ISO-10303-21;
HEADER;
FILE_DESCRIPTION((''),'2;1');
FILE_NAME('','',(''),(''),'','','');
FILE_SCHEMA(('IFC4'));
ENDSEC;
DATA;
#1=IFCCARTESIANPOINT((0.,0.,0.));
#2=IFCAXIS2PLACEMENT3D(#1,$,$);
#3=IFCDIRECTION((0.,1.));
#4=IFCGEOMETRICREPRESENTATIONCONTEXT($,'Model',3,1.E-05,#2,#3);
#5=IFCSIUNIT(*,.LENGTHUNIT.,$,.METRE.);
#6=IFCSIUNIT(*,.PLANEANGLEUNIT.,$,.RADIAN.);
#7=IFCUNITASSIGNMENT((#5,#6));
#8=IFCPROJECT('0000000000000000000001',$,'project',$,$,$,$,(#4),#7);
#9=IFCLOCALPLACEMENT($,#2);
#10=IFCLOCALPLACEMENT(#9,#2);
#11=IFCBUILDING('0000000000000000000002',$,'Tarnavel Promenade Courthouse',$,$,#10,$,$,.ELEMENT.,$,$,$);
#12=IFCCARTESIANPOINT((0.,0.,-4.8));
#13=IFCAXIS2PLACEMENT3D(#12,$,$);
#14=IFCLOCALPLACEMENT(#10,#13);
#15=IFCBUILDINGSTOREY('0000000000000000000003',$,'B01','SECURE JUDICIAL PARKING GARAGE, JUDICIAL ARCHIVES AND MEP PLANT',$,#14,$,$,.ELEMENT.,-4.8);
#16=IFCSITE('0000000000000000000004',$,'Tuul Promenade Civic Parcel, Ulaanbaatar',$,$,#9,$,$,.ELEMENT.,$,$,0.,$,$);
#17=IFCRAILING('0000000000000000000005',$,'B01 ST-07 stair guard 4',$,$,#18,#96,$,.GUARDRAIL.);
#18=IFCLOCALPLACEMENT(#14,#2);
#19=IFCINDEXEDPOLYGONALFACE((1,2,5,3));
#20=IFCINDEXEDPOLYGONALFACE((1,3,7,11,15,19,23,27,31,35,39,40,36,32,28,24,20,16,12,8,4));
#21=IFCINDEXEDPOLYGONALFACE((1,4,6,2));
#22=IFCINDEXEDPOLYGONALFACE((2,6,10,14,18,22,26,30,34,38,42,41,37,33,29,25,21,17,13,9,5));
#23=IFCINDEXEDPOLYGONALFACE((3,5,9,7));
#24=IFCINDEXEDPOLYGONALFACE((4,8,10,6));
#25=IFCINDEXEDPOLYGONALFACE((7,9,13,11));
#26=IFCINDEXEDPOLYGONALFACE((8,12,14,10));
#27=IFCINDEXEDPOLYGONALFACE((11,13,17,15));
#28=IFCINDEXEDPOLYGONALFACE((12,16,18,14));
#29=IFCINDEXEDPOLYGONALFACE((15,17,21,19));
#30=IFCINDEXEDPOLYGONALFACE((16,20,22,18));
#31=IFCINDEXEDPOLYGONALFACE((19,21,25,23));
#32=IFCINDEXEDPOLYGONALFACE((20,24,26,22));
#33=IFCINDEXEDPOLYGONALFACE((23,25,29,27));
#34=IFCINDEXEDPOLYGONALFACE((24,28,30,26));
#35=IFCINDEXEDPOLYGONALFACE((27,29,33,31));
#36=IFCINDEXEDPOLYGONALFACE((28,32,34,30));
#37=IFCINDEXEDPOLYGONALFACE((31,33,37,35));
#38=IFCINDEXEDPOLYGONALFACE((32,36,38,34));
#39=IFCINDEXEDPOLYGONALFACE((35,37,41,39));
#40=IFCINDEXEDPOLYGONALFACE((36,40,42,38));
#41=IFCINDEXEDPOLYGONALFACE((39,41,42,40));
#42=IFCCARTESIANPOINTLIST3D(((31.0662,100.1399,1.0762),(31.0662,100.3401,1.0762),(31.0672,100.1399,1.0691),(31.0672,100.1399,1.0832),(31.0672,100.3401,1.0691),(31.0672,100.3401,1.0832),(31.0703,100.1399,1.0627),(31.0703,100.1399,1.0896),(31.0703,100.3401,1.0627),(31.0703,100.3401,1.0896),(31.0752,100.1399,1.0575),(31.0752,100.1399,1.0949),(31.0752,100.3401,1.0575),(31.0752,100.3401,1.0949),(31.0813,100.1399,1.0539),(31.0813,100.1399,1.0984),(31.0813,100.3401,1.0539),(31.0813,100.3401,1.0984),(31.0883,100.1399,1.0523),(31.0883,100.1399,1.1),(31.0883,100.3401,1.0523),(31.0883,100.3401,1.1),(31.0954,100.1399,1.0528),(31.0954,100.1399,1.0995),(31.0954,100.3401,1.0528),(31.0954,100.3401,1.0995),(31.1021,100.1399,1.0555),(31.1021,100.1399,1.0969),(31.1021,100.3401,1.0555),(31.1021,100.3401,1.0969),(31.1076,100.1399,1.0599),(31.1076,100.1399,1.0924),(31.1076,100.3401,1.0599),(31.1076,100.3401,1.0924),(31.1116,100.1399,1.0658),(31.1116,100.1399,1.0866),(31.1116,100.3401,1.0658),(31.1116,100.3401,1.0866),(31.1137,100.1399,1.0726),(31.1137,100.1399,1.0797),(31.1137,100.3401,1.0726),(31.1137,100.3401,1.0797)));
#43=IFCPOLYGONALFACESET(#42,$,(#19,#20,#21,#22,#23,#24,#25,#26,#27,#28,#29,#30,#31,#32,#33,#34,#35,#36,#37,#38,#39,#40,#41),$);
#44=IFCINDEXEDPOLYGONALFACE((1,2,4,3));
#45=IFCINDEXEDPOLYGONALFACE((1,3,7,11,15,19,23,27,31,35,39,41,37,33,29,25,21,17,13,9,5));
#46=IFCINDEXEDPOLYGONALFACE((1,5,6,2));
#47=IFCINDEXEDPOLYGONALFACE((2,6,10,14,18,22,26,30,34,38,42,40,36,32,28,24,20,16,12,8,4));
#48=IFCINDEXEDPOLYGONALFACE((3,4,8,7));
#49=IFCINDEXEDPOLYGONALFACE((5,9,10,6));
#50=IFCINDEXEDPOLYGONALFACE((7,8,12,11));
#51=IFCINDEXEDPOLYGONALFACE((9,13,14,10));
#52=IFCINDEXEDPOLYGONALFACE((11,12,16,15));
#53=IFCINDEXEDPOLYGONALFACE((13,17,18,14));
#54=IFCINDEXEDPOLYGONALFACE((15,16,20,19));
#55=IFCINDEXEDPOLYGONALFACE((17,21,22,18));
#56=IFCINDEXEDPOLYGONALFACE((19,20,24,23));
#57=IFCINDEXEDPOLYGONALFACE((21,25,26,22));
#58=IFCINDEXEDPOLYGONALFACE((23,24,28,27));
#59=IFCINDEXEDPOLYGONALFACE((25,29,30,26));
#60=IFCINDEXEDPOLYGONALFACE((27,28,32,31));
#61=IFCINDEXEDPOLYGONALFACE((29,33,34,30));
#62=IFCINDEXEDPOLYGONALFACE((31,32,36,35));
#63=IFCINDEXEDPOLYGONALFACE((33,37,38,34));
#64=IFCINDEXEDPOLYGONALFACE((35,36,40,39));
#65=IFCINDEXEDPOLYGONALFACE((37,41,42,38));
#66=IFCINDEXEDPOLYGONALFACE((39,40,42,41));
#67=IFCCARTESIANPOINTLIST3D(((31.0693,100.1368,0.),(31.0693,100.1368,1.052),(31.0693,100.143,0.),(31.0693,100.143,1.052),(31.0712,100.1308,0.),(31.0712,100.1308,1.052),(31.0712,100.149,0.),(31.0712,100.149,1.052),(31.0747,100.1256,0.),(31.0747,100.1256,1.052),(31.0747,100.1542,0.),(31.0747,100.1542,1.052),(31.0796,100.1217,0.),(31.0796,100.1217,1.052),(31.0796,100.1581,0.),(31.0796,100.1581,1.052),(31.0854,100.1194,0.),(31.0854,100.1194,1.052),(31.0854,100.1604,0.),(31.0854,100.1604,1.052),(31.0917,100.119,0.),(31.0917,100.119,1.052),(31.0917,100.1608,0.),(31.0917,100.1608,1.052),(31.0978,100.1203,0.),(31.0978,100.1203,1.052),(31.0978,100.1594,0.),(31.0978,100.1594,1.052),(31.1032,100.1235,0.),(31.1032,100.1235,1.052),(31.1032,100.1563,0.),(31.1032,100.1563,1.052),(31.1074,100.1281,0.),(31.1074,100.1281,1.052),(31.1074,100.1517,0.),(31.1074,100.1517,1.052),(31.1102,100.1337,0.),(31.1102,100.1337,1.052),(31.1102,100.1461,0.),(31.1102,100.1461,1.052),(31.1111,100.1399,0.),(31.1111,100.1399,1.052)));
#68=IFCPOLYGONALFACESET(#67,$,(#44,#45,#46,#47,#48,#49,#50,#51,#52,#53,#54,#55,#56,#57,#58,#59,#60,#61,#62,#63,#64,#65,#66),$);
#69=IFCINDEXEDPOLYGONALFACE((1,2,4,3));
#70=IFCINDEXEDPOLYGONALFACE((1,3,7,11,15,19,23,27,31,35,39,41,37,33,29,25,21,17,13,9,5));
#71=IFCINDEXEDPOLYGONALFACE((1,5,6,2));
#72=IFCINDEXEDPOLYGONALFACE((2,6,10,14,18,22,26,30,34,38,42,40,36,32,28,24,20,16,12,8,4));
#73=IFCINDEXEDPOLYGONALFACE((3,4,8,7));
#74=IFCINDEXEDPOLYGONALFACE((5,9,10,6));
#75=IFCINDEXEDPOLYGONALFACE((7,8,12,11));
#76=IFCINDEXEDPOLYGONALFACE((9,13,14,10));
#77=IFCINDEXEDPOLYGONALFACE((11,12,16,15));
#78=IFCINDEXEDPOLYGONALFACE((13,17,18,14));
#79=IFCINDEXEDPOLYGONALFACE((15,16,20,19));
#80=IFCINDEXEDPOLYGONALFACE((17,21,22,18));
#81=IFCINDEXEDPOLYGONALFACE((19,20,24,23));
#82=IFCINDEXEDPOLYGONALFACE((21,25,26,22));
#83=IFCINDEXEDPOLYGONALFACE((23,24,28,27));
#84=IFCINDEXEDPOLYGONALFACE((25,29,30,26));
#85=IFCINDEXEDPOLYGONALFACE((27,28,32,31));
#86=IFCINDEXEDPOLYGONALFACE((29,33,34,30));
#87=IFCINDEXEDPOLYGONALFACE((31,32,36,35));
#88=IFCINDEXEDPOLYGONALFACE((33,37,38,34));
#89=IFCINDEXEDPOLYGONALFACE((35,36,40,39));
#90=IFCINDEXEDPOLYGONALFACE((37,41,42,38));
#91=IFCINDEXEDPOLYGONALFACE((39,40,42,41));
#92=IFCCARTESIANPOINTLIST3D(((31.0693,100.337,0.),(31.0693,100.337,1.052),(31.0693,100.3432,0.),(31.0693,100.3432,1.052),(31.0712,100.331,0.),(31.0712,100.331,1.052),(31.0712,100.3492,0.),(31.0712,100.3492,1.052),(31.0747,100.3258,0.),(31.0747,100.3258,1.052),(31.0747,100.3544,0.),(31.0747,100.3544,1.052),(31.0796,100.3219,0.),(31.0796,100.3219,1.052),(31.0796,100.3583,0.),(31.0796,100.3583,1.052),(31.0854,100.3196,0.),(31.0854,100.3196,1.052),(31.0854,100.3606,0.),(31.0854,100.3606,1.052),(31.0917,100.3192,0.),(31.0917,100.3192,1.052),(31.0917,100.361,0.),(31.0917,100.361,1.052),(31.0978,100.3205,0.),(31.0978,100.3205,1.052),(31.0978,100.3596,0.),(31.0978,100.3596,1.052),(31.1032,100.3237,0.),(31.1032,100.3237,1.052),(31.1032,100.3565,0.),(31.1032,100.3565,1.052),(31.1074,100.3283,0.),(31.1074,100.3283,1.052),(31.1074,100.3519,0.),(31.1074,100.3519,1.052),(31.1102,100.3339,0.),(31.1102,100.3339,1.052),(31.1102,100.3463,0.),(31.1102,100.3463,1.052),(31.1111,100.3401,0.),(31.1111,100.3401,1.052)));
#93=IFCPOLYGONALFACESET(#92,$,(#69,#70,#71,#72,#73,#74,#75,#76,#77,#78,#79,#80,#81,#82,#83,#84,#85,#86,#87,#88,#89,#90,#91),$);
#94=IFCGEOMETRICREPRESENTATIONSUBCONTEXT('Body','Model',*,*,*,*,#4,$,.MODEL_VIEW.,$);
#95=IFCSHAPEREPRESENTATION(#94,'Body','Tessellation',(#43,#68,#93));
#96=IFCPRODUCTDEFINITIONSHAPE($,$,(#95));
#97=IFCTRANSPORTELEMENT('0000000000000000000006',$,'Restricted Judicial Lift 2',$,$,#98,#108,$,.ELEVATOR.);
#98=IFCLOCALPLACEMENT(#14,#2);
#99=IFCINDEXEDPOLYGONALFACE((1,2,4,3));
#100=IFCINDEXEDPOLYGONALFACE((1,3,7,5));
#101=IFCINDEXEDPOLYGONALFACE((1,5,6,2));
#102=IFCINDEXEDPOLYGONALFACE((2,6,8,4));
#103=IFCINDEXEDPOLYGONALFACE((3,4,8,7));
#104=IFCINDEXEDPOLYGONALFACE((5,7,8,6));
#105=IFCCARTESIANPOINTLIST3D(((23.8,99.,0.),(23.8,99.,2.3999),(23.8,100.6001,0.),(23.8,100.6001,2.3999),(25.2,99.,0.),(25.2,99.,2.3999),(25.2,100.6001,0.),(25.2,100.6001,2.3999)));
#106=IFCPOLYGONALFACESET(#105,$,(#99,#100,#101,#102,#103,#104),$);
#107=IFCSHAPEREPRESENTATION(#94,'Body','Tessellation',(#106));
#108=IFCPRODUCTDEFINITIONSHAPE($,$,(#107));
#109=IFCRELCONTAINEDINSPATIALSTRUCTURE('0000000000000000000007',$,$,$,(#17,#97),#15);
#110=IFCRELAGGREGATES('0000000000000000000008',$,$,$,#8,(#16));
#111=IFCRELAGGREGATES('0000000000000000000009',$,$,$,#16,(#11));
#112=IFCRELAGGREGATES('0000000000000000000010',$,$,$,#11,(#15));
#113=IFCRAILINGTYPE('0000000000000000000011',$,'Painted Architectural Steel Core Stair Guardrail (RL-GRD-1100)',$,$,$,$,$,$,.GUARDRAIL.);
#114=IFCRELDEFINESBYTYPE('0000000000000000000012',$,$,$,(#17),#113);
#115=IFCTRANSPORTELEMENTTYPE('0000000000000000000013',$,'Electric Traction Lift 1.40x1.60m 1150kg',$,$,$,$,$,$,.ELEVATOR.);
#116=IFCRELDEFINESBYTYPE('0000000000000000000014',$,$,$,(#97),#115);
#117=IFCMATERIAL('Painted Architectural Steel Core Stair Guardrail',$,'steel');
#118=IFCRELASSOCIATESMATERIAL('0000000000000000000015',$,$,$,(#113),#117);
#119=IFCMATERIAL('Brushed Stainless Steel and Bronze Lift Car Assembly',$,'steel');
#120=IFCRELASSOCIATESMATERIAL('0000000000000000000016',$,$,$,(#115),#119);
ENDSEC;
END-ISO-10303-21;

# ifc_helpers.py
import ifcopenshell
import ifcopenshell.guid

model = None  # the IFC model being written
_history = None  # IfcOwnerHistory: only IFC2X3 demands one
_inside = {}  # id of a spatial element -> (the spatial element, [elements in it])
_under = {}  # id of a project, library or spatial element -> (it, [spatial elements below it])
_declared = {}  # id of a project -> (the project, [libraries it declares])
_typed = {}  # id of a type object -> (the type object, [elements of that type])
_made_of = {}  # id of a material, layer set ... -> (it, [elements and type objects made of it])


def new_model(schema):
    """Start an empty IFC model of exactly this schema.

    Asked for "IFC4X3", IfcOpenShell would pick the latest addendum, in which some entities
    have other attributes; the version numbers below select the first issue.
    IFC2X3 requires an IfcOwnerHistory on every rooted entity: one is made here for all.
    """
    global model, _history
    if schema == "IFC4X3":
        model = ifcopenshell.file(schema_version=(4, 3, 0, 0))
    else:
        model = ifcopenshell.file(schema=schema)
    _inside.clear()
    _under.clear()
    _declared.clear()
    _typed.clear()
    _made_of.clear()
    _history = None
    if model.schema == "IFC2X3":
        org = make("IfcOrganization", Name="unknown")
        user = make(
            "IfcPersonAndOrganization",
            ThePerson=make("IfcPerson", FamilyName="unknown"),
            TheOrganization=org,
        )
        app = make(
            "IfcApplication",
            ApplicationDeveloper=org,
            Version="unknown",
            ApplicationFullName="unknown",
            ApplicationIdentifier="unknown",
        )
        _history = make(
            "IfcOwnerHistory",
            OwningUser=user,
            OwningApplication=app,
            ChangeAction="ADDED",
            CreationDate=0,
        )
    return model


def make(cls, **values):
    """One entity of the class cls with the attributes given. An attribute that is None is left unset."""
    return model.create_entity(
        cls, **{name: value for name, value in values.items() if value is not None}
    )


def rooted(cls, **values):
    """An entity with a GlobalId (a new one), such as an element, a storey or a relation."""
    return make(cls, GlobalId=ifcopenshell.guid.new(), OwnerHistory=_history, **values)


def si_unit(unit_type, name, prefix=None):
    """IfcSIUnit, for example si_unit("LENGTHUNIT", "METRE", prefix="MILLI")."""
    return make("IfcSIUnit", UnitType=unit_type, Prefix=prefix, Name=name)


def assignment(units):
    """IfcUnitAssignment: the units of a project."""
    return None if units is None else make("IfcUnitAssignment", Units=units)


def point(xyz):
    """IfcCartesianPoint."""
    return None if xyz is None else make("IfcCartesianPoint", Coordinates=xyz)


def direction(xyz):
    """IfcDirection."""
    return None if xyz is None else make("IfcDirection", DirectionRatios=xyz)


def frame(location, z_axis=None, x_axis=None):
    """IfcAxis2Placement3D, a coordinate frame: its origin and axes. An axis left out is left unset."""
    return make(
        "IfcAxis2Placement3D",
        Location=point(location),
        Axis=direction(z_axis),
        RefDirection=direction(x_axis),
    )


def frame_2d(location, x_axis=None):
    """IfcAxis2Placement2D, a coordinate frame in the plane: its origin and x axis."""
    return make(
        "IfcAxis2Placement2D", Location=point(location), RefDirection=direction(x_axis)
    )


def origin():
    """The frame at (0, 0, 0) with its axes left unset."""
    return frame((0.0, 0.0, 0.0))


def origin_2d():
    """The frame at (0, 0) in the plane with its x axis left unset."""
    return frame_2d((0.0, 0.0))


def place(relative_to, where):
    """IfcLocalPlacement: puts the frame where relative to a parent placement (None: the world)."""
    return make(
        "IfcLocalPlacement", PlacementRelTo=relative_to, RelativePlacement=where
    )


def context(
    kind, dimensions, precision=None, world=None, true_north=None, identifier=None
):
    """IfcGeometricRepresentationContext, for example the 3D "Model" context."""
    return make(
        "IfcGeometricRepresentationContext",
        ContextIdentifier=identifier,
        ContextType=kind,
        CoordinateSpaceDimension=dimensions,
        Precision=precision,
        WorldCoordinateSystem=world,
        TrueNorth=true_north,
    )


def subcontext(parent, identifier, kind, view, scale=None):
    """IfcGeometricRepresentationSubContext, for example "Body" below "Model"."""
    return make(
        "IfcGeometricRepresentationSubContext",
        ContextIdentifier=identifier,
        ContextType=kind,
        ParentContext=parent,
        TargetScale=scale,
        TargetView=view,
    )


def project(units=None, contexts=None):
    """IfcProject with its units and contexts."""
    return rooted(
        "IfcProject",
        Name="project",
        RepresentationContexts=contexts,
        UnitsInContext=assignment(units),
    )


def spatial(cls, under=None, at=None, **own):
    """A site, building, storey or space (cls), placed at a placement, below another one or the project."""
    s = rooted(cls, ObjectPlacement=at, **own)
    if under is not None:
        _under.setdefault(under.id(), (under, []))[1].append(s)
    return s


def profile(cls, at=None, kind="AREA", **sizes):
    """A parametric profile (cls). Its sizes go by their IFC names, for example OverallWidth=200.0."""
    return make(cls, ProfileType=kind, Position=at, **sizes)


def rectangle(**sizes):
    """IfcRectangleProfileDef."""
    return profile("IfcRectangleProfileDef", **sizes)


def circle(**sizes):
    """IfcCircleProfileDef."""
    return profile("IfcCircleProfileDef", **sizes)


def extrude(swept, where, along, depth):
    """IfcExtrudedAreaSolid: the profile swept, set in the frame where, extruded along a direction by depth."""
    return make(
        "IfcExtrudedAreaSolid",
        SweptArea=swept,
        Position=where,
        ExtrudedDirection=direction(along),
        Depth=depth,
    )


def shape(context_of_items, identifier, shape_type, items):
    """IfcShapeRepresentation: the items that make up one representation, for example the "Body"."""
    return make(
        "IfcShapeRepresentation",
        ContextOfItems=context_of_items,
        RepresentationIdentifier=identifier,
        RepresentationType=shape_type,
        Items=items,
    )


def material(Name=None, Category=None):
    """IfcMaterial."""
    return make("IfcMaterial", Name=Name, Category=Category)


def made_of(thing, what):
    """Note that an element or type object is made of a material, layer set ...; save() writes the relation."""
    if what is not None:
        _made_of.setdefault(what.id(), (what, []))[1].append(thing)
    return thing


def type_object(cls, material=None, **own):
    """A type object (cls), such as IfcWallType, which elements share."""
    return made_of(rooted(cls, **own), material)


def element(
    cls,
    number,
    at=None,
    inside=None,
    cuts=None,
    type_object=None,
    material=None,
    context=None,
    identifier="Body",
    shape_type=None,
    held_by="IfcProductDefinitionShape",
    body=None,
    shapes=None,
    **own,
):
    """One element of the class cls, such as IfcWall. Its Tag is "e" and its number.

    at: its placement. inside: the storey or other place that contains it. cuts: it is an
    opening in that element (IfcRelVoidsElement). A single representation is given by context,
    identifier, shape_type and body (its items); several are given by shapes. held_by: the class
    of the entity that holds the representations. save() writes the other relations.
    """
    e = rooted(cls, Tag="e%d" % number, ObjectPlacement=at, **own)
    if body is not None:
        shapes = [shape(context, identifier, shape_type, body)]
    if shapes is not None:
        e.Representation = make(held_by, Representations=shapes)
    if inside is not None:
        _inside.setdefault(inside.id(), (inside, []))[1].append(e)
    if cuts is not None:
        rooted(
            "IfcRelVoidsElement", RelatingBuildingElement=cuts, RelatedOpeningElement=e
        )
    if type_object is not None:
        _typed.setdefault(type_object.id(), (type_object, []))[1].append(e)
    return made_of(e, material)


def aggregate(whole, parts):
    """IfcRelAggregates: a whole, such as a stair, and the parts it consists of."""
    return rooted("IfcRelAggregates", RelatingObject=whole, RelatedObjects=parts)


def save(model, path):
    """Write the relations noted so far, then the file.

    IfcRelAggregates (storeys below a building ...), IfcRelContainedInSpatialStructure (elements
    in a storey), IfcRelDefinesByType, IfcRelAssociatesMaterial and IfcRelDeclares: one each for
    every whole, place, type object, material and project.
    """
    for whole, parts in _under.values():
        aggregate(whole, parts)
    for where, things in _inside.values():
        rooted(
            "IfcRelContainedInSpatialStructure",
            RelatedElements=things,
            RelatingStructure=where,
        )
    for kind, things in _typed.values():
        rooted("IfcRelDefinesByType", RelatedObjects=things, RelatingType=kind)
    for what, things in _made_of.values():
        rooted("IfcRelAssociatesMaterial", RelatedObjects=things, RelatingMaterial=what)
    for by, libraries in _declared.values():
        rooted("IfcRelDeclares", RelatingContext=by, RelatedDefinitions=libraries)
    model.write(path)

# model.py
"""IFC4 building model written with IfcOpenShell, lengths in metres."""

from ifc_helpers import new_model, si_unit, direction, frame, origin, origin_2d, place, context, subcontext, project, spatial, rectangle, circle, extrude, material, type_object, element, save


model = new_model("IFC4")

# Units and contexts
model_context = context("Model", 3, precision=1e-05, world=origin(), true_north=direction((0.0, 1.0)))
body_context = subcontext(model_context, "Body", "Model", "MODEL_VIEW")
ifc_project = project(units=[si_unit("LENGTHUNIT", "METRE"), si_unit("PLANEANGLEUNIT", "RADIAN")], contexts=[model_context])

# Site, building, storey
site_placement = place(None, origin())
site = spatial("IfcSite", under=ifc_project, at=site_placement, Name="Tuul Promenade Civic Parcel, Ulaanbaatar", CompositionType="ELEMENT", RefElevation=0.0)
building_placement = place(site_placement, origin())
building = spatial("IfcBuilding", under=site, at=building_placement, Name="Tarnavel Promenade Courthouse", CompositionType="ELEMENT")
storey_placement = place(building_placement, frame((0.0, 0.0, -4.8)))
storey = spatial("IfcBuildingStorey", under=building, at=storey_placement, Name="B01", Description="SECURE JUDICIAL PARKING GARAGE, JUDICIAL ARCHIVES AND MEP PLANT", CompositionType="ELEMENT", Elevation=-4.8)

# Railing
ifc_material_1 = material(Name="Painted Architectural Steel Core Stair Guardrail", Category="steel")
railing_type_1 = type_object("IfcRailingType", Name="Painted Architectural Steel Core Stair Guardrail (RL-GRD-1100)", PredefinedType="GUARDRAIL", material=ifc_material_1)
railing_1_placement = place(storey_placement, frame((31.0901, 100.1399, 0.0)))
element("IfcRailing", 1, at=railing_1_placement, inside=storey, type_object=railing_type_1, Name="B01 ST-07 stair guard 4", PredefinedType="GUARDRAIL", context=body_context, shape_type="SweptSolid", body=[
    extrude(circle(Radius=0.0239, at=origin_2d()), frame((0.0, 0.0, 1.0762), z_axis=(0.0, 1.0, 0.0), x_axis=(-1.0, 0.0, 0.0)), (0.0, 0.0, 1.0), 0.2002),
    extrude(circle(Radius=0.021, at=origin_2d()), origin(), (0.0, 0.0, 1.0), 1.052),
    extrude(circle(Radius=0.021, at=origin_2d()), frame((0.0, 0.2002, 0.0)), (0.0, 0.0, 1.0), 1.052),
])

# Transport element
ifc_material_2 = material(Name="Brushed Stainless Steel and Bronze Lift Car Assembly", Category="steel")
transport_element_type = type_object("IfcTransportElementType", Name="Electric Traction Lift 1.40x1.60m 1150kg", PredefinedType="ELEVATOR", material=ifc_material_2)
transport_element_placement = place(storey_placement, frame((24.5, 99.8, 0.0), z_axis=(0.0, 0.0, 1.0), x_axis=(1.0, 0.0, 0.0)))
element("IfcTransportElement", 2, at=transport_element_placement, inside=storey, type_object=transport_element_type, Name="Restricted Judicial Lift 2", PredefinedType="ELEVATOR", context=body_context, shape_type="SweptSolid", body=[
    extrude(rectangle(XDim=1.3999, YDim=1.6001, at=origin_2d()), origin(), (0.0, 0.0, 1.0), 2.3999),
])

save(model, "model.ifc")
